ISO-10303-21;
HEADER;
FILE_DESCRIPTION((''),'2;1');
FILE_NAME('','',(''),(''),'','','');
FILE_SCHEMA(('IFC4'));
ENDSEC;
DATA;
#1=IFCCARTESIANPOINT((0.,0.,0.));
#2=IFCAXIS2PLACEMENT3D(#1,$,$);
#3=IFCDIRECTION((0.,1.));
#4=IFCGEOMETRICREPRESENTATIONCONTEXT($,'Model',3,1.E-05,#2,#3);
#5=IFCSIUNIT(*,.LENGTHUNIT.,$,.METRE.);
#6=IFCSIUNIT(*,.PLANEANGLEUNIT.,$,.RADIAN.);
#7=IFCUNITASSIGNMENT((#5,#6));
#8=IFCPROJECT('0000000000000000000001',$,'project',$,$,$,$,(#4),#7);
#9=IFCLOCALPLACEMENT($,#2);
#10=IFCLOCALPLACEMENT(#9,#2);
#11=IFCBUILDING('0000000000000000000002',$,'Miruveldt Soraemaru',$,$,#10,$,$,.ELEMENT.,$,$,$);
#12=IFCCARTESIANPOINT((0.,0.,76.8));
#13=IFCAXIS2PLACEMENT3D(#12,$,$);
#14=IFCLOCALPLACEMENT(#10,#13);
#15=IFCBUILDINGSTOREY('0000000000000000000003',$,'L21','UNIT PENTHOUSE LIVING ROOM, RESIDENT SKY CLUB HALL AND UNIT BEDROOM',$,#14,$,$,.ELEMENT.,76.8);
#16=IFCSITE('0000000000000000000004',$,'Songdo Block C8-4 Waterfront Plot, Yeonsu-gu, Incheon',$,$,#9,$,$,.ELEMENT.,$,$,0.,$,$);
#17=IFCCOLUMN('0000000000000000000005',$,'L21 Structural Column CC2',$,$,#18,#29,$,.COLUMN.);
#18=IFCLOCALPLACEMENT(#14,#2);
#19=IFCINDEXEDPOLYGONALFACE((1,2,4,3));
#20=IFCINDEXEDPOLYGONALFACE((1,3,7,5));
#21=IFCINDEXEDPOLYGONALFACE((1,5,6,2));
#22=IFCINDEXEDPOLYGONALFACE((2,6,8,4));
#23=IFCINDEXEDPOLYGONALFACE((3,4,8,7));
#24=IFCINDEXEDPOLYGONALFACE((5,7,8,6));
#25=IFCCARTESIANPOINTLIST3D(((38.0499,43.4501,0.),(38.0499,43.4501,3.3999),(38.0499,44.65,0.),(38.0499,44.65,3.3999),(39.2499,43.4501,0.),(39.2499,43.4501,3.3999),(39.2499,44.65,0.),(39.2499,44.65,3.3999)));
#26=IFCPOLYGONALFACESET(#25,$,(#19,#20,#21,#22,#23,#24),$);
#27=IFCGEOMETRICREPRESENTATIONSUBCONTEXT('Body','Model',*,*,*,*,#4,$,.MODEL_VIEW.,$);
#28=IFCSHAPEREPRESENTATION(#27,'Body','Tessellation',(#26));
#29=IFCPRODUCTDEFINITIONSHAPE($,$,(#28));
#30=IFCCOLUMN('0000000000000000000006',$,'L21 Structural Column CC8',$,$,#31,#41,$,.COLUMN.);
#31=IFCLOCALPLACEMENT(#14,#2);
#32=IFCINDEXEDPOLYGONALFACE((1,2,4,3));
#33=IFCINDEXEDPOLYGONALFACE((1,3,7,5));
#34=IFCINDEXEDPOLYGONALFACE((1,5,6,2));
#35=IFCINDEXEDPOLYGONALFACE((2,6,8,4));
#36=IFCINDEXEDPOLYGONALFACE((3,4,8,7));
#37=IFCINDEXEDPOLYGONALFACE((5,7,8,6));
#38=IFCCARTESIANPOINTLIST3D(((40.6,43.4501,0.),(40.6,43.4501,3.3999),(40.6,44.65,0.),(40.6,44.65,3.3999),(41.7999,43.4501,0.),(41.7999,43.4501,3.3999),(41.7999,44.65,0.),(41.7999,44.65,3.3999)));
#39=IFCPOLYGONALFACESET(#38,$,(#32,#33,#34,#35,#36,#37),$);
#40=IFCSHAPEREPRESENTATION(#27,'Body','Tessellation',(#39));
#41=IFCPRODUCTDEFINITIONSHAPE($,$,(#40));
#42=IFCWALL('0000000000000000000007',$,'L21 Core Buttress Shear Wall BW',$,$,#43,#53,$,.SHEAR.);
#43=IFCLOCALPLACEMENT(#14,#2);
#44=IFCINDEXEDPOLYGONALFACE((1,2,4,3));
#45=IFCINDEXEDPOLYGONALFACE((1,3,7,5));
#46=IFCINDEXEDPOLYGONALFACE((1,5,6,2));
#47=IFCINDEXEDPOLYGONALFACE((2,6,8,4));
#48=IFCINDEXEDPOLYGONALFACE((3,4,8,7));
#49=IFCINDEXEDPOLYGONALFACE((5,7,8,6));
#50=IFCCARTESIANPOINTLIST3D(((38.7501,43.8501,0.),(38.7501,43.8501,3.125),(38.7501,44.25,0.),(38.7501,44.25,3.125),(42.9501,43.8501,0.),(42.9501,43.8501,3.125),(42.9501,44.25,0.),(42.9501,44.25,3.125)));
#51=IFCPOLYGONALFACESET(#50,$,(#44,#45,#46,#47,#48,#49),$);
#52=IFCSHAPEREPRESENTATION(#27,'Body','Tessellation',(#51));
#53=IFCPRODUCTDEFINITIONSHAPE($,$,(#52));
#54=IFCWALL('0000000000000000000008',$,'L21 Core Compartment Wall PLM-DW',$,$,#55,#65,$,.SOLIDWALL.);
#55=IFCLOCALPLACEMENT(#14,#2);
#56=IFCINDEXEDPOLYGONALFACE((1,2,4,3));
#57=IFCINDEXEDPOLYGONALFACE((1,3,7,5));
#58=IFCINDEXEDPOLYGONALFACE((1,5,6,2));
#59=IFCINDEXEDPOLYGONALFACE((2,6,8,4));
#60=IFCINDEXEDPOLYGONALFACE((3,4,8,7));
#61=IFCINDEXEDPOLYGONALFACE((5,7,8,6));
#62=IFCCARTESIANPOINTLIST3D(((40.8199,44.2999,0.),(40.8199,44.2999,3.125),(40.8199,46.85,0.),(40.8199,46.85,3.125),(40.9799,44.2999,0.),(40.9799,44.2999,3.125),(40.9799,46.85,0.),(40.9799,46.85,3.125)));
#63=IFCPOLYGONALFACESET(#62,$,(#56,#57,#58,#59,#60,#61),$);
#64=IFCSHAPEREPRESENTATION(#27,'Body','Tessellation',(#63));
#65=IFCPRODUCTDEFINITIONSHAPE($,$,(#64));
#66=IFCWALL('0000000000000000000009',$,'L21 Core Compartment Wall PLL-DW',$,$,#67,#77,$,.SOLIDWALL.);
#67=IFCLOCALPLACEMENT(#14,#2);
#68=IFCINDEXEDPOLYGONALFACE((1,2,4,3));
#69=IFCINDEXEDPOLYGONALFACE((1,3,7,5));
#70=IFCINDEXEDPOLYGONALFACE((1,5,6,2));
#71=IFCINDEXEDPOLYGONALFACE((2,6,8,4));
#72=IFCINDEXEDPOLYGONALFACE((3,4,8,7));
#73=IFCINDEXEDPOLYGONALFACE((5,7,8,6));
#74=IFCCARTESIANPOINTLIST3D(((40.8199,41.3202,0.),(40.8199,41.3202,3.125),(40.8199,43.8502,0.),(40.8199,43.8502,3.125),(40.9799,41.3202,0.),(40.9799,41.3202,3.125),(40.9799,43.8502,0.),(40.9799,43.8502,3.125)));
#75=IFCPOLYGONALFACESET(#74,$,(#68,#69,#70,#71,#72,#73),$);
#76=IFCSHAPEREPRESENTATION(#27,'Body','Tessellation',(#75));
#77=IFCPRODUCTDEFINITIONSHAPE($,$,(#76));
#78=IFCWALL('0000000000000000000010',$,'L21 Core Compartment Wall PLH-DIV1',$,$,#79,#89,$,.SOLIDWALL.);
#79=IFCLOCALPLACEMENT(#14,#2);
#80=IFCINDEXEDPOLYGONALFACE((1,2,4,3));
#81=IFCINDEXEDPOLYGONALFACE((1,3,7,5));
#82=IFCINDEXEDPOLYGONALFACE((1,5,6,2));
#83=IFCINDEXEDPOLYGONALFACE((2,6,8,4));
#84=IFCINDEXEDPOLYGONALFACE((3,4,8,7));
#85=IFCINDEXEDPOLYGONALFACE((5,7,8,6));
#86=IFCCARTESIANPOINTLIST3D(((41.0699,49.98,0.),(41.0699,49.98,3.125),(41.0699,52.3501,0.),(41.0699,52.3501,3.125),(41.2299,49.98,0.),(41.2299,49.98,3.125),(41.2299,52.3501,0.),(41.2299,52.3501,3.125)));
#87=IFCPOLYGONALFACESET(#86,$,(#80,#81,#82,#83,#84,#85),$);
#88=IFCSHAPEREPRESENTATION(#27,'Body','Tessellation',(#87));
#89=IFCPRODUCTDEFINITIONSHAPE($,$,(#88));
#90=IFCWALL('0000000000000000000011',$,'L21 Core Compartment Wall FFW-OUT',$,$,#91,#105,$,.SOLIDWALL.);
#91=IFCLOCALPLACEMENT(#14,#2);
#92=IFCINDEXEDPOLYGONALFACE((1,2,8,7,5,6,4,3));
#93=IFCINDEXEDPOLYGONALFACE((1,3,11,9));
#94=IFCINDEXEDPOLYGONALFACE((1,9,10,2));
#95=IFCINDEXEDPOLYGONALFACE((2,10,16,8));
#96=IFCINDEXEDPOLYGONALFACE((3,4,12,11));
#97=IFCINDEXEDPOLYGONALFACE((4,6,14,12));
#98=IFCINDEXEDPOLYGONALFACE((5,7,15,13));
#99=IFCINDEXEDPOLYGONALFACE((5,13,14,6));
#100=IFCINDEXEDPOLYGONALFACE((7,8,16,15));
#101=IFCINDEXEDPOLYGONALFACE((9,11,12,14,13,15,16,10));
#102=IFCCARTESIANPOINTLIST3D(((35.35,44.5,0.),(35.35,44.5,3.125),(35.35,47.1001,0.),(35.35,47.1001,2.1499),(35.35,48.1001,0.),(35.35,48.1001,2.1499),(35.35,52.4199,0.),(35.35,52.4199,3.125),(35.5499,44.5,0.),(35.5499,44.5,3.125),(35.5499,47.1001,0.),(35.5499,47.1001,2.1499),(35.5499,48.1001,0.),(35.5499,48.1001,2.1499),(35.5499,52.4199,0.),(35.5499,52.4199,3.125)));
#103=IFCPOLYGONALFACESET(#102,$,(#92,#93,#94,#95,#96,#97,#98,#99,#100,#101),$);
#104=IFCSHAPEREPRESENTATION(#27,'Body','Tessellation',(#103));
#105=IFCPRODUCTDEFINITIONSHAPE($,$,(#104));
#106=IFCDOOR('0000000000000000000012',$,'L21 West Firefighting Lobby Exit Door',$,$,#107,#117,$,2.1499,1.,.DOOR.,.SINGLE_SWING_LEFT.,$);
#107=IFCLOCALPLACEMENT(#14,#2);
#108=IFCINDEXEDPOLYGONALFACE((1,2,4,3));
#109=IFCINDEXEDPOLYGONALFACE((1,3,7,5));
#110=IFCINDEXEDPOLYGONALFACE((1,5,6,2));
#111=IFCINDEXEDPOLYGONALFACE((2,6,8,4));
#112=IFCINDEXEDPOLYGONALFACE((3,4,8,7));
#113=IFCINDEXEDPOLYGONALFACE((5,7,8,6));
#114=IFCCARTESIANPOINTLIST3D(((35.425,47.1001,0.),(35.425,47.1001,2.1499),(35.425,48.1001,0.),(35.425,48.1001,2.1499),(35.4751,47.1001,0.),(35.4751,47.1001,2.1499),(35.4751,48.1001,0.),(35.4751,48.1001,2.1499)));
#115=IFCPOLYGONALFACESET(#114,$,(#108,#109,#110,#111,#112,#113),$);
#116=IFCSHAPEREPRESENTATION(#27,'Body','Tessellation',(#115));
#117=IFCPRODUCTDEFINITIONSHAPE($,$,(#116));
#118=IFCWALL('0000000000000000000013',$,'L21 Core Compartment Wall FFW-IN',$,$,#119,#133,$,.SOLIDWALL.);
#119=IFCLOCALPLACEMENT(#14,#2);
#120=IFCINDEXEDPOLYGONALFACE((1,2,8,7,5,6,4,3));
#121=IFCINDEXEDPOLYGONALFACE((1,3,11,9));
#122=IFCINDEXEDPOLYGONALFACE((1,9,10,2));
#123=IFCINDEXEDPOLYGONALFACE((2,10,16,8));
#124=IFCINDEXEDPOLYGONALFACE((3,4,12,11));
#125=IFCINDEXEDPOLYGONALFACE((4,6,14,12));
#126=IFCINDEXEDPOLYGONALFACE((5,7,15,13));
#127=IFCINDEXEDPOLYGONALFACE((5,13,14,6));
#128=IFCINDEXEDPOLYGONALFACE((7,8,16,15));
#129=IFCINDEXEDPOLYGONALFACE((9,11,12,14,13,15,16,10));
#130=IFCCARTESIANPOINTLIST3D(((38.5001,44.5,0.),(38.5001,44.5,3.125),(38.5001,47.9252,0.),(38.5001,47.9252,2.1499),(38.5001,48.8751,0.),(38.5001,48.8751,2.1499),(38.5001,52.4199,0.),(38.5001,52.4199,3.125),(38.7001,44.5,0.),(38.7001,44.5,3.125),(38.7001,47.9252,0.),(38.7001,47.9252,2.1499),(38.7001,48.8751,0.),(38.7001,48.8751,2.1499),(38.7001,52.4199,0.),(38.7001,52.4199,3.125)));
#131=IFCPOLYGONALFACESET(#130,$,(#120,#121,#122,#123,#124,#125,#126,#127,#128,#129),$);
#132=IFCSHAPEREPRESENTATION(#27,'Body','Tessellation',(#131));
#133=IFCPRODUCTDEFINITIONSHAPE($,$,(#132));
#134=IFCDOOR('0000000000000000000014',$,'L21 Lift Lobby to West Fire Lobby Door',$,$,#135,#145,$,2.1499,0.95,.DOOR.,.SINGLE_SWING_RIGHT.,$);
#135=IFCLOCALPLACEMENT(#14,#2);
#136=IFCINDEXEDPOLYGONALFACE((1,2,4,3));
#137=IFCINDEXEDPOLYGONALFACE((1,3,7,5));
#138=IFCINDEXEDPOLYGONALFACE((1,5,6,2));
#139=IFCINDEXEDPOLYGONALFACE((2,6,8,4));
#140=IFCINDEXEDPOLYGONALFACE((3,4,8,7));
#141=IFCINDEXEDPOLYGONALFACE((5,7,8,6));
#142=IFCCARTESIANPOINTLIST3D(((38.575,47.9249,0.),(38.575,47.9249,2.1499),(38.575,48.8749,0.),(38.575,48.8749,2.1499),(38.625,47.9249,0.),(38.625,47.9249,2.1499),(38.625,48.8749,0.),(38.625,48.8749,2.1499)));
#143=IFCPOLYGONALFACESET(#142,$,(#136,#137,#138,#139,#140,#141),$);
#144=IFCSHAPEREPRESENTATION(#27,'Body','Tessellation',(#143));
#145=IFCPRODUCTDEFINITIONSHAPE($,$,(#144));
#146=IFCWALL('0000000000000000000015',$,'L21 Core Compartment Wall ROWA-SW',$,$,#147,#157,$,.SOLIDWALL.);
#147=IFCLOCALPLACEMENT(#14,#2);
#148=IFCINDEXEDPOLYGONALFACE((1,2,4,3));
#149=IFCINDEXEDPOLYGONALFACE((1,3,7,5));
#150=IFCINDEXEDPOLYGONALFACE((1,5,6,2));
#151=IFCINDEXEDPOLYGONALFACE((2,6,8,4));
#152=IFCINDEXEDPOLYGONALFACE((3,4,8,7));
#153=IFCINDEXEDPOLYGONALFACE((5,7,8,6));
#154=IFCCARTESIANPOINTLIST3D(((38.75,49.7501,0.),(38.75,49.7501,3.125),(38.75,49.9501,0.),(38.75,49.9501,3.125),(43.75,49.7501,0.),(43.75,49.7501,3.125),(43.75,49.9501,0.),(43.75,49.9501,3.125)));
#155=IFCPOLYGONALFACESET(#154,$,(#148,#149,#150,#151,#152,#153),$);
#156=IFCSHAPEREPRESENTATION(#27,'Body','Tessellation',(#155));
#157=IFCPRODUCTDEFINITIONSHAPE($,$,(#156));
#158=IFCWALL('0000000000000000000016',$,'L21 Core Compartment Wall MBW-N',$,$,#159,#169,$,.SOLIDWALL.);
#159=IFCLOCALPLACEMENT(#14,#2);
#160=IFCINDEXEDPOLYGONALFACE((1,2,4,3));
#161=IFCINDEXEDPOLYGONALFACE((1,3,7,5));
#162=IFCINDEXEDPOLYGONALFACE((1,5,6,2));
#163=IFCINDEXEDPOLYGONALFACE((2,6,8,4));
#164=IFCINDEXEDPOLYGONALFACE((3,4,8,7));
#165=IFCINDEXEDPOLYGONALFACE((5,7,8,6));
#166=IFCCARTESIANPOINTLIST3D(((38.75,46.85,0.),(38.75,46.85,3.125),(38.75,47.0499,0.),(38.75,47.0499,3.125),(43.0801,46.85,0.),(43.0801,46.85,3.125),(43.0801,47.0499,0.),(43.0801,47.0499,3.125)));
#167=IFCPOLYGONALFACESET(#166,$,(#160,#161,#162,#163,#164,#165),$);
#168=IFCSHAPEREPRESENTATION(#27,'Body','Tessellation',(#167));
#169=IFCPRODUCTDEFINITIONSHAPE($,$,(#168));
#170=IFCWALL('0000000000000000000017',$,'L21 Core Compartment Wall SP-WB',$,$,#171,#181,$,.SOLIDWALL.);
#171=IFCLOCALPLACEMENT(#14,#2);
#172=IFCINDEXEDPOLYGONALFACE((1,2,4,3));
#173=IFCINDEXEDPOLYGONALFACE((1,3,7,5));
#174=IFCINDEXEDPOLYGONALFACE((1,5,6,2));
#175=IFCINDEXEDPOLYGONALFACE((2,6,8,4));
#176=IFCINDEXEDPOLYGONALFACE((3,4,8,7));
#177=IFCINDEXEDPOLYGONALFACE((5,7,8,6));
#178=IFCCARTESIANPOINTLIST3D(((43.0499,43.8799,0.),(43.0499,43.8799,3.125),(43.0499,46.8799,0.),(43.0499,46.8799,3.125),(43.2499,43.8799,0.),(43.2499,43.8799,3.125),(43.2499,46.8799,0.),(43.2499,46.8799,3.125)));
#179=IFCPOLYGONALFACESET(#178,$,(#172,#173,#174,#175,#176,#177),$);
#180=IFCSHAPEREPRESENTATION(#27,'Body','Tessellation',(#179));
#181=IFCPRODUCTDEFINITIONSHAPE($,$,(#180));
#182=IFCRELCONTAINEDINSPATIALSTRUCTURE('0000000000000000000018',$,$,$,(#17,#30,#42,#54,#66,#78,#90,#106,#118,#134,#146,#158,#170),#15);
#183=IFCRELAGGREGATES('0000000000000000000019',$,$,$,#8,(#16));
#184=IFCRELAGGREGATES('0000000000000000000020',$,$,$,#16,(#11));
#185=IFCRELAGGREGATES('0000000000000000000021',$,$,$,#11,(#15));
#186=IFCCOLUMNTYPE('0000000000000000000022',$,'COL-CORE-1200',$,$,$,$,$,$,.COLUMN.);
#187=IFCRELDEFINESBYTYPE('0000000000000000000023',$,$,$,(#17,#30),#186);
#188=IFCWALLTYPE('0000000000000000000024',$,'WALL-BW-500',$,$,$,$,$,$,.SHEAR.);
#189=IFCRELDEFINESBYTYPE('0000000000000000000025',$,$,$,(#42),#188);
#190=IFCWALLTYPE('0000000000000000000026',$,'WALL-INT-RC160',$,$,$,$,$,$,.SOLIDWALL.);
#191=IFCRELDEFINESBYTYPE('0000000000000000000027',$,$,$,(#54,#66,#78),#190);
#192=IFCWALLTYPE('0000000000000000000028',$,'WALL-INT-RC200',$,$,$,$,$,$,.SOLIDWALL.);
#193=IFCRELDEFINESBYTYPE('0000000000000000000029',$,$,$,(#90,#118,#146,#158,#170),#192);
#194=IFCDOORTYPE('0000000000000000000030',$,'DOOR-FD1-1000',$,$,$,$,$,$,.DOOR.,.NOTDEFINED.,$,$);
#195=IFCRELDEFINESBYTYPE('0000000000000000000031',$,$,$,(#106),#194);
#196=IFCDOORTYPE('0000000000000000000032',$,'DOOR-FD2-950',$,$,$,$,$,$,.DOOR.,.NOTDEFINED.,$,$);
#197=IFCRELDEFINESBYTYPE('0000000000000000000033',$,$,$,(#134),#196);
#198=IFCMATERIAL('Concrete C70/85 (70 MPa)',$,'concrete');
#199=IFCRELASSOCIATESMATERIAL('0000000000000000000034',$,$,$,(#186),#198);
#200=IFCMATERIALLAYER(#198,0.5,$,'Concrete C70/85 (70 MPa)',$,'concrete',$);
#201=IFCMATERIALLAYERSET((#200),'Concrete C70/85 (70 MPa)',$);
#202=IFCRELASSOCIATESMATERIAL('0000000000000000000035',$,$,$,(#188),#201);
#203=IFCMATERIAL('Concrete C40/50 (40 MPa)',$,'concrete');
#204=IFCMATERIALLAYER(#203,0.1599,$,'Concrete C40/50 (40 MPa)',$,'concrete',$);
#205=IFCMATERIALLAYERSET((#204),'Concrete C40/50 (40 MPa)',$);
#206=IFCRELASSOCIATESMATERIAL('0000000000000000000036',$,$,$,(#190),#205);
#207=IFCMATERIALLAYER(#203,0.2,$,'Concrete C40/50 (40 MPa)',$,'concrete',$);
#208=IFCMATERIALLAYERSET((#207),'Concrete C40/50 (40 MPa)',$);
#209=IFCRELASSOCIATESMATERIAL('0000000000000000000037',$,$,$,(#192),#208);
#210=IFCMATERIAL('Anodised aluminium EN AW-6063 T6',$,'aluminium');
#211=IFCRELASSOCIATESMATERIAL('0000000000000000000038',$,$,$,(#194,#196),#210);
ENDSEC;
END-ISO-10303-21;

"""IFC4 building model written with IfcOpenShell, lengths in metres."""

from ifc_helpers import new_model, si_unit, direction, frame, frame_2d, origin, origin_2d, place, context, subcontext, project, spatial, rectangle, extrude, material, layer, layer_set, material_profile, profile_set, type_object, element, fill, save


model = new_model("IFC4")

# Units and contexts
model_context = context("Model", 3, precision=1e-05, world=origin(), true_north=direction((0.0, 1.0)))
body_context = subcontext(model_context, "Body", "Model", "MODEL_VIEW")
ifc_project = project(units=[si_unit("LENGTHUNIT", "METRE"), si_unit("PLANEANGLEUNIT", "RADIAN")], contexts=[model_context])

# Site, building, storey
site_placement = place(None, origin())
site = spatial("IfcSite", under=ifc_project, at=site_placement, Name="Songdo Block C8-4 Waterfront Plot, Yeonsu-gu, Incheon", CompositionType="ELEMENT", RefElevation=0.0)
building_placement = place(site_placement, origin())
building = spatial("IfcBuilding", under=site, at=building_placement, Name="Miruveldt Soraemaru", CompositionType="ELEMENT")
storey_placement = place(building_placement, frame((0.0, 0.0, 76.8)))
storey = spatial("IfcBuildingStorey", under=building, at=storey_placement, Name="L21", Description="UNIT PENTHOUSE LIVING ROOM, RESIDENT SKY CLUB HALL AND UNIT BEDROOM", CompositionType="ELEMENT", Elevation=76.8)

# Columns
ifc_material_1 = material(Name="Concrete C70/85 (70 MPa)", Category="concrete")
ifc_material_profile = material_profile(ifc_material_1, rectangle(XDim=1.2, YDim=1.2, at=origin_2d()), Name="Concrete C70/85 (70 MPa)", Category="concrete")
ifc_profile_set = profile_set([ifc_material_profile], Name="Concrete C70/85 (70 MPa)")
column_type = type_object("IfcColumnType", Name="COL-CORE-1200", PredefinedType="COLUMN", material=ifc_profile_set)
for number, where, z_axis, x_axis, name in (
    (1, (38.6499, 44.05, 0.0), (0.0, 0.0, 1.0), (1.0, 0.0, 0.0), "L21 Structural Column CC2"),
    (2, (41.2, 44.05, 0.0), (0.0, 0.0, 1.0), (1.0, 0.0, 0.0), "L21 Structural Column CC8"),
):
    element("IfcColumn", number, at=place(storey_placement, frame(where, z_axis=z_axis, x_axis=x_axis)), inside=storey, type_object=column_type, Name=name, PredefinedType="COLUMN", context=body_context, shape_type="SweptSolid", body=[
        extrude(rectangle(XDim=1.2, YDim=1.2, at=origin_2d()), origin(), (0.0, 0.0, 1.0), 3.3999),
    ])

# Walls
ifc_layer_1 = layer(ifc_material_1, 0.5, Name="Concrete C70/85 (70 MPa)", Category="concrete")
ifc_layer_set_1 = layer_set([ifc_layer_1], Name="Concrete C70/85 (70 MPa)")
wall_type_1 = type_object("IfcWallType", Name="WALL-BW-500", PredefinedType="SHEAR", material=ifc_layer_set_1)
wall_1_placement = place(storey_placement, frame((38.75, 44.05, 0.0), z_axis=(0.0, 0.0, 1.0), x_axis=(1.0, 0.0, 0.0)))
element("IfcWall", 3, at=wall_1_placement, inside=storey, type_object=wall_type_1, Name="L21 Core Buttress Shear Wall BW", PredefinedType="SHEAR", context=body_context, shape_type="SweptSolid", body=[
    extrude(rectangle(XDim=4.2, YDim=0.3999, at=frame_2d((2.1001, 0.0))), origin(), (0.0, 0.0, 1.0), 3.125),
])
ifc_material_2 = material(Name="Concrete C40/50 (40 MPa)", Category="concrete")
ifc_layer_2 = layer(ifc_material_2, 0.1599, Name="Concrete C40/50 (40 MPa)", Category="concrete")
ifc_layer_set_2 = layer_set([ifc_layer_2], Name="Concrete C40/50 (40 MPa)")
wall_type_2 = type_object("IfcWallType", Name="WALL-INT-RC160", PredefinedType="SOLIDWALL", material=ifc_layer_set_2)
wall_2_placement = place(storey_placement, frame((40.8999, 44.3, 0.0), z_axis=(0.0, 0.0, 1.0), x_axis=(0.0, 1.0, 0.0)))
element("IfcWall", 4, at=wall_2_placement, inside=storey, type_object=wall_type_2, Name="L21 Core Compartment Wall PLM-DW", PredefinedType="SOLIDWALL", context=body_context, shape_type="SweptSolid", body=[
    extrude(rectangle(XDim=2.55, YDim=0.1599, at=frame_2d((1.2749, 0.0))), origin(), (0.0, 0.0, 1.0), 3.125),
])
wall_3_placement = place(storey_placement, frame((40.8999, 41.3201, 0.0), z_axis=(0.0, 0.0, 1.0), x_axis=(0.0, 1.0, 0.0)))
element("IfcWall", 5, at=wall_3_placement, inside=storey, type_object=wall_type_2, Name="L21 Core Compartment Wall PLL-DW", PredefinedType="SOLIDWALL", context=body_context, shape_type="SweptSolid", body=[
    extrude(rectangle(XDim=2.53, YDim=0.1599, at=frame_2d((1.2651, 0.0))), origin(), (0.0, 0.0, 1.0), 3.125),
])
wall_4_placement = place(storey_placement, frame((41.1499, 49.98, 0.0), z_axis=(0.0, 0.0, 1.0), x_axis=(0.0, 1.0, 0.0)))
element("IfcWall", 6, at=wall_4_placement, inside=storey, type_object=wall_type_2, Name="L21 Core Compartment Wall PLH-DIV1", PredefinedType="SOLIDWALL", context=body_context, shape_type="SweptSolid", body=[
    extrude(rectangle(XDim=2.3701, YDim=0.1599, at=frame_2d((1.1851, 0.0))), origin(), (0.0, 0.0, 1.0), 3.125),
])

# Walls, openings, doors
ifc_layer_3 = layer(ifc_material_2, 0.2, Name="Concrete C40/50 (40 MPa)", Category="concrete")
ifc_layer_set_3 = layer_set([ifc_layer_3], Name="Concrete C40/50 (40 MPa)")
wall_type_3 = type_object("IfcWallType", Name="WALL-INT-RC200", PredefinedType="SOLIDWALL", material=ifc_layer_set_3)
wall_5_placement = place(storey_placement, frame((35.45, 44.5, 0.0), z_axis=(0.0, 0.0, 1.0), x_axis=(0.0, 1.0, 0.0)))
wall_5 = element("IfcWall", 7, at=wall_5_placement, inside=storey, type_object=wall_type_3, Name="L21 Core Compartment Wall FFW-OUT", PredefinedType="SOLIDWALL", context=body_context, shape_type="SweptSolid", body=[
    extrude(rectangle(XDim=7.9199, YDim=0.2, at=frame_2d((3.96, 0.0))), origin(), (0.0, 0.0, 1.0), 3.125),
])
opening_1_placement = place(wall_5_placement, frame((2.6001, 0.0, 0.0)))
opening_1 = element("IfcOpeningElement", 8, at=opening_1_placement, cuts=wall_5, PredefinedType="OPENING", context=body_context, shape_type="SweptSolid", body=[
    extrude(rectangle(XDim=1.0, YDim=2.1499, at=frame_2d((0.5, 1.075))), frame((0.0, 0.1099, 0.0), z_axis=(0.0, -1.0, 0.0), x_axis=(1.0, 0.0, 0.0)), (0.0, 0.0, 1.0), 0.22),
])
ifc_material_3 = material(Name="Anodised aluminium EN AW-6063 T6", Category="aluminium")
door_type_1 = type_object("IfcDoorType", Name="DOOR-FD1-1000", OperationType="NOTDEFINED", PredefinedType="DOOR", material=ifc_material_3)
door_1_placement = place(opening_1_placement, origin())
door_1 = element("IfcDoor", 9, at=door_1_placement, inside=storey, type_object=door_type_1, Name="L21 West Firefighting Lobby Exit Door", OperationType="SINGLE_SWING_LEFT", OverallHeight=2.1499, OverallWidth=1.0, PredefinedType="DOOR", context=body_context, shape_type="SweptSolid", body=[
    extrude(rectangle(XDim=1.0, YDim=2.1499, at=frame_2d((0.5, 1.075))), frame((0.0, 0.0249, 0.0), z_axis=(0.0, -1.0, 0.0), x_axis=(1.0, 0.0, 0.0)), (0.0, 0.0, 1.0), 0.05),
])
fill(opening_1, door_1)
wall_6_placement = place(storey_placement, frame((38.6001, 44.5, 0.0), z_axis=(0.0, 0.0, 1.0), x_axis=(0.0, 1.0, 0.0)))
wall_6 = element("IfcWall", 10, at=wall_6_placement, inside=storey, type_object=wall_type_3, Name="L21 Core Compartment Wall FFW-IN", PredefinedType="SOLIDWALL", context=body_context, shape_type="SweptSolid", body=[
    extrude(rectangle(XDim=7.9199, YDim=0.2, at=frame_2d((3.96, 0.0))), origin(), (0.0, 0.0, 1.0), 3.125),
])
opening_2_placement = place(wall_6_placement, frame((3.425, 0.0, 0.0)))
opening_2 = element("IfcOpeningElement", 11, at=opening_2_placement, cuts=wall_6, PredefinedType="OPENING", context=body_context, shape_type="SweptSolid", body=[
    extrude(rectangle(XDim=0.95, YDim=2.1499, at=frame_2d((0.4751, 1.075))), frame((0.0, 0.1099, 0.0), z_axis=(0.0, -1.0, 0.0), x_axis=(1.0, 0.0, 0.0)), (0.0, 0.0, 1.0), 0.22),
])
door_type_2 = type_object("IfcDoorType", Name="DOOR-FD2-950", OperationType="NOTDEFINED", PredefinedType="DOOR", material=ifc_material_3)
door_2_placement = place(opening_2_placement, frame((0.95, 0.0, 0.0), z_axis=(0.0, 0.0, 1.0), x_axis=(-1.0, 0.0, 0.0)))
door_2 = element("IfcDoor", 12, at=door_2_placement, inside=storey, type_object=door_type_2, Name="L21 Lift Lobby to West Fire Lobby Door", OperationType="SINGLE_SWING_RIGHT", OverallHeight=2.1499, OverallWidth=0.95, PredefinedType="DOOR", context=body_context, shape_type="SweptSolid", body=[
    extrude(rectangle(XDim=0.95, YDim=2.1499, at=frame_2d((0.4751, 1.075))), frame((0.0, 0.0249, 0.0), z_axis=(0.0, -1.0, 0.0), x_axis=(1.0, 0.0, 0.0)), (0.0, 0.0, 1.0), 0.05),
])
fill(opening_2, door_2)

# Walls
wall_7_placement = place(storey_placement, frame((38.75, 49.8501, 0.0), z_axis=(0.0, 0.0, 1.0), x_axis=(1.0, 0.0, 0.0)))
element("IfcWall", 13, at=wall_7_placement, inside=storey, type_object=wall_type_3, Name="L21 Core Compartment Wall ROWA-SW", PredefinedType="SOLIDWALL", context=body_context, shape_type="SweptSolid", body=[
    extrude(rectangle(XDim=5.0, YDim=0.2, at=frame_2d((2.5, 0.0))), origin(), (0.0, 0.0, 1.0), 3.125),
])
wall_8_placement = place(storey_placement, frame((38.75, 46.95, 0.0), z_axis=(0.0, 0.0, 1.0), x_axis=(1.0, 0.0, 0.0)))
element("IfcWall", 14, at=wall_8_placement, inside=storey, type_object=wall_type_3, Name="L21 Core Compartment Wall MBW-N", PredefinedType="SOLIDWALL", context=body_context, shape_type="SweptSolid", body=[
    extrude(rectangle(XDim=4.3301, YDim=0.2, at=frame_2d((2.165, 0.0))), origin(), (0.0, 0.0, 1.0), 3.125),
])
wall_9_placement = place(storey_placement, frame((43.1499, 43.8799, 0.0), z_axis=(0.0, 0.0, 1.0), x_axis=(0.0, 1.0, 0.0)))
element("IfcWall", 15, at=wall_9_placement, inside=storey, type_object=wall_type_3, Name="L21 Core Compartment Wall SP-WB", PredefinedType="SOLIDWALL", context=body_context, shape_type="SweptSolid", body=[
    extrude(rectangle(XDim=3.0, YDim=0.2, at=frame_2d((1.5, 0.0))), origin(), (0.0, 0.0, 1.0), 3.125),
])

save(model, "model.ifc")
